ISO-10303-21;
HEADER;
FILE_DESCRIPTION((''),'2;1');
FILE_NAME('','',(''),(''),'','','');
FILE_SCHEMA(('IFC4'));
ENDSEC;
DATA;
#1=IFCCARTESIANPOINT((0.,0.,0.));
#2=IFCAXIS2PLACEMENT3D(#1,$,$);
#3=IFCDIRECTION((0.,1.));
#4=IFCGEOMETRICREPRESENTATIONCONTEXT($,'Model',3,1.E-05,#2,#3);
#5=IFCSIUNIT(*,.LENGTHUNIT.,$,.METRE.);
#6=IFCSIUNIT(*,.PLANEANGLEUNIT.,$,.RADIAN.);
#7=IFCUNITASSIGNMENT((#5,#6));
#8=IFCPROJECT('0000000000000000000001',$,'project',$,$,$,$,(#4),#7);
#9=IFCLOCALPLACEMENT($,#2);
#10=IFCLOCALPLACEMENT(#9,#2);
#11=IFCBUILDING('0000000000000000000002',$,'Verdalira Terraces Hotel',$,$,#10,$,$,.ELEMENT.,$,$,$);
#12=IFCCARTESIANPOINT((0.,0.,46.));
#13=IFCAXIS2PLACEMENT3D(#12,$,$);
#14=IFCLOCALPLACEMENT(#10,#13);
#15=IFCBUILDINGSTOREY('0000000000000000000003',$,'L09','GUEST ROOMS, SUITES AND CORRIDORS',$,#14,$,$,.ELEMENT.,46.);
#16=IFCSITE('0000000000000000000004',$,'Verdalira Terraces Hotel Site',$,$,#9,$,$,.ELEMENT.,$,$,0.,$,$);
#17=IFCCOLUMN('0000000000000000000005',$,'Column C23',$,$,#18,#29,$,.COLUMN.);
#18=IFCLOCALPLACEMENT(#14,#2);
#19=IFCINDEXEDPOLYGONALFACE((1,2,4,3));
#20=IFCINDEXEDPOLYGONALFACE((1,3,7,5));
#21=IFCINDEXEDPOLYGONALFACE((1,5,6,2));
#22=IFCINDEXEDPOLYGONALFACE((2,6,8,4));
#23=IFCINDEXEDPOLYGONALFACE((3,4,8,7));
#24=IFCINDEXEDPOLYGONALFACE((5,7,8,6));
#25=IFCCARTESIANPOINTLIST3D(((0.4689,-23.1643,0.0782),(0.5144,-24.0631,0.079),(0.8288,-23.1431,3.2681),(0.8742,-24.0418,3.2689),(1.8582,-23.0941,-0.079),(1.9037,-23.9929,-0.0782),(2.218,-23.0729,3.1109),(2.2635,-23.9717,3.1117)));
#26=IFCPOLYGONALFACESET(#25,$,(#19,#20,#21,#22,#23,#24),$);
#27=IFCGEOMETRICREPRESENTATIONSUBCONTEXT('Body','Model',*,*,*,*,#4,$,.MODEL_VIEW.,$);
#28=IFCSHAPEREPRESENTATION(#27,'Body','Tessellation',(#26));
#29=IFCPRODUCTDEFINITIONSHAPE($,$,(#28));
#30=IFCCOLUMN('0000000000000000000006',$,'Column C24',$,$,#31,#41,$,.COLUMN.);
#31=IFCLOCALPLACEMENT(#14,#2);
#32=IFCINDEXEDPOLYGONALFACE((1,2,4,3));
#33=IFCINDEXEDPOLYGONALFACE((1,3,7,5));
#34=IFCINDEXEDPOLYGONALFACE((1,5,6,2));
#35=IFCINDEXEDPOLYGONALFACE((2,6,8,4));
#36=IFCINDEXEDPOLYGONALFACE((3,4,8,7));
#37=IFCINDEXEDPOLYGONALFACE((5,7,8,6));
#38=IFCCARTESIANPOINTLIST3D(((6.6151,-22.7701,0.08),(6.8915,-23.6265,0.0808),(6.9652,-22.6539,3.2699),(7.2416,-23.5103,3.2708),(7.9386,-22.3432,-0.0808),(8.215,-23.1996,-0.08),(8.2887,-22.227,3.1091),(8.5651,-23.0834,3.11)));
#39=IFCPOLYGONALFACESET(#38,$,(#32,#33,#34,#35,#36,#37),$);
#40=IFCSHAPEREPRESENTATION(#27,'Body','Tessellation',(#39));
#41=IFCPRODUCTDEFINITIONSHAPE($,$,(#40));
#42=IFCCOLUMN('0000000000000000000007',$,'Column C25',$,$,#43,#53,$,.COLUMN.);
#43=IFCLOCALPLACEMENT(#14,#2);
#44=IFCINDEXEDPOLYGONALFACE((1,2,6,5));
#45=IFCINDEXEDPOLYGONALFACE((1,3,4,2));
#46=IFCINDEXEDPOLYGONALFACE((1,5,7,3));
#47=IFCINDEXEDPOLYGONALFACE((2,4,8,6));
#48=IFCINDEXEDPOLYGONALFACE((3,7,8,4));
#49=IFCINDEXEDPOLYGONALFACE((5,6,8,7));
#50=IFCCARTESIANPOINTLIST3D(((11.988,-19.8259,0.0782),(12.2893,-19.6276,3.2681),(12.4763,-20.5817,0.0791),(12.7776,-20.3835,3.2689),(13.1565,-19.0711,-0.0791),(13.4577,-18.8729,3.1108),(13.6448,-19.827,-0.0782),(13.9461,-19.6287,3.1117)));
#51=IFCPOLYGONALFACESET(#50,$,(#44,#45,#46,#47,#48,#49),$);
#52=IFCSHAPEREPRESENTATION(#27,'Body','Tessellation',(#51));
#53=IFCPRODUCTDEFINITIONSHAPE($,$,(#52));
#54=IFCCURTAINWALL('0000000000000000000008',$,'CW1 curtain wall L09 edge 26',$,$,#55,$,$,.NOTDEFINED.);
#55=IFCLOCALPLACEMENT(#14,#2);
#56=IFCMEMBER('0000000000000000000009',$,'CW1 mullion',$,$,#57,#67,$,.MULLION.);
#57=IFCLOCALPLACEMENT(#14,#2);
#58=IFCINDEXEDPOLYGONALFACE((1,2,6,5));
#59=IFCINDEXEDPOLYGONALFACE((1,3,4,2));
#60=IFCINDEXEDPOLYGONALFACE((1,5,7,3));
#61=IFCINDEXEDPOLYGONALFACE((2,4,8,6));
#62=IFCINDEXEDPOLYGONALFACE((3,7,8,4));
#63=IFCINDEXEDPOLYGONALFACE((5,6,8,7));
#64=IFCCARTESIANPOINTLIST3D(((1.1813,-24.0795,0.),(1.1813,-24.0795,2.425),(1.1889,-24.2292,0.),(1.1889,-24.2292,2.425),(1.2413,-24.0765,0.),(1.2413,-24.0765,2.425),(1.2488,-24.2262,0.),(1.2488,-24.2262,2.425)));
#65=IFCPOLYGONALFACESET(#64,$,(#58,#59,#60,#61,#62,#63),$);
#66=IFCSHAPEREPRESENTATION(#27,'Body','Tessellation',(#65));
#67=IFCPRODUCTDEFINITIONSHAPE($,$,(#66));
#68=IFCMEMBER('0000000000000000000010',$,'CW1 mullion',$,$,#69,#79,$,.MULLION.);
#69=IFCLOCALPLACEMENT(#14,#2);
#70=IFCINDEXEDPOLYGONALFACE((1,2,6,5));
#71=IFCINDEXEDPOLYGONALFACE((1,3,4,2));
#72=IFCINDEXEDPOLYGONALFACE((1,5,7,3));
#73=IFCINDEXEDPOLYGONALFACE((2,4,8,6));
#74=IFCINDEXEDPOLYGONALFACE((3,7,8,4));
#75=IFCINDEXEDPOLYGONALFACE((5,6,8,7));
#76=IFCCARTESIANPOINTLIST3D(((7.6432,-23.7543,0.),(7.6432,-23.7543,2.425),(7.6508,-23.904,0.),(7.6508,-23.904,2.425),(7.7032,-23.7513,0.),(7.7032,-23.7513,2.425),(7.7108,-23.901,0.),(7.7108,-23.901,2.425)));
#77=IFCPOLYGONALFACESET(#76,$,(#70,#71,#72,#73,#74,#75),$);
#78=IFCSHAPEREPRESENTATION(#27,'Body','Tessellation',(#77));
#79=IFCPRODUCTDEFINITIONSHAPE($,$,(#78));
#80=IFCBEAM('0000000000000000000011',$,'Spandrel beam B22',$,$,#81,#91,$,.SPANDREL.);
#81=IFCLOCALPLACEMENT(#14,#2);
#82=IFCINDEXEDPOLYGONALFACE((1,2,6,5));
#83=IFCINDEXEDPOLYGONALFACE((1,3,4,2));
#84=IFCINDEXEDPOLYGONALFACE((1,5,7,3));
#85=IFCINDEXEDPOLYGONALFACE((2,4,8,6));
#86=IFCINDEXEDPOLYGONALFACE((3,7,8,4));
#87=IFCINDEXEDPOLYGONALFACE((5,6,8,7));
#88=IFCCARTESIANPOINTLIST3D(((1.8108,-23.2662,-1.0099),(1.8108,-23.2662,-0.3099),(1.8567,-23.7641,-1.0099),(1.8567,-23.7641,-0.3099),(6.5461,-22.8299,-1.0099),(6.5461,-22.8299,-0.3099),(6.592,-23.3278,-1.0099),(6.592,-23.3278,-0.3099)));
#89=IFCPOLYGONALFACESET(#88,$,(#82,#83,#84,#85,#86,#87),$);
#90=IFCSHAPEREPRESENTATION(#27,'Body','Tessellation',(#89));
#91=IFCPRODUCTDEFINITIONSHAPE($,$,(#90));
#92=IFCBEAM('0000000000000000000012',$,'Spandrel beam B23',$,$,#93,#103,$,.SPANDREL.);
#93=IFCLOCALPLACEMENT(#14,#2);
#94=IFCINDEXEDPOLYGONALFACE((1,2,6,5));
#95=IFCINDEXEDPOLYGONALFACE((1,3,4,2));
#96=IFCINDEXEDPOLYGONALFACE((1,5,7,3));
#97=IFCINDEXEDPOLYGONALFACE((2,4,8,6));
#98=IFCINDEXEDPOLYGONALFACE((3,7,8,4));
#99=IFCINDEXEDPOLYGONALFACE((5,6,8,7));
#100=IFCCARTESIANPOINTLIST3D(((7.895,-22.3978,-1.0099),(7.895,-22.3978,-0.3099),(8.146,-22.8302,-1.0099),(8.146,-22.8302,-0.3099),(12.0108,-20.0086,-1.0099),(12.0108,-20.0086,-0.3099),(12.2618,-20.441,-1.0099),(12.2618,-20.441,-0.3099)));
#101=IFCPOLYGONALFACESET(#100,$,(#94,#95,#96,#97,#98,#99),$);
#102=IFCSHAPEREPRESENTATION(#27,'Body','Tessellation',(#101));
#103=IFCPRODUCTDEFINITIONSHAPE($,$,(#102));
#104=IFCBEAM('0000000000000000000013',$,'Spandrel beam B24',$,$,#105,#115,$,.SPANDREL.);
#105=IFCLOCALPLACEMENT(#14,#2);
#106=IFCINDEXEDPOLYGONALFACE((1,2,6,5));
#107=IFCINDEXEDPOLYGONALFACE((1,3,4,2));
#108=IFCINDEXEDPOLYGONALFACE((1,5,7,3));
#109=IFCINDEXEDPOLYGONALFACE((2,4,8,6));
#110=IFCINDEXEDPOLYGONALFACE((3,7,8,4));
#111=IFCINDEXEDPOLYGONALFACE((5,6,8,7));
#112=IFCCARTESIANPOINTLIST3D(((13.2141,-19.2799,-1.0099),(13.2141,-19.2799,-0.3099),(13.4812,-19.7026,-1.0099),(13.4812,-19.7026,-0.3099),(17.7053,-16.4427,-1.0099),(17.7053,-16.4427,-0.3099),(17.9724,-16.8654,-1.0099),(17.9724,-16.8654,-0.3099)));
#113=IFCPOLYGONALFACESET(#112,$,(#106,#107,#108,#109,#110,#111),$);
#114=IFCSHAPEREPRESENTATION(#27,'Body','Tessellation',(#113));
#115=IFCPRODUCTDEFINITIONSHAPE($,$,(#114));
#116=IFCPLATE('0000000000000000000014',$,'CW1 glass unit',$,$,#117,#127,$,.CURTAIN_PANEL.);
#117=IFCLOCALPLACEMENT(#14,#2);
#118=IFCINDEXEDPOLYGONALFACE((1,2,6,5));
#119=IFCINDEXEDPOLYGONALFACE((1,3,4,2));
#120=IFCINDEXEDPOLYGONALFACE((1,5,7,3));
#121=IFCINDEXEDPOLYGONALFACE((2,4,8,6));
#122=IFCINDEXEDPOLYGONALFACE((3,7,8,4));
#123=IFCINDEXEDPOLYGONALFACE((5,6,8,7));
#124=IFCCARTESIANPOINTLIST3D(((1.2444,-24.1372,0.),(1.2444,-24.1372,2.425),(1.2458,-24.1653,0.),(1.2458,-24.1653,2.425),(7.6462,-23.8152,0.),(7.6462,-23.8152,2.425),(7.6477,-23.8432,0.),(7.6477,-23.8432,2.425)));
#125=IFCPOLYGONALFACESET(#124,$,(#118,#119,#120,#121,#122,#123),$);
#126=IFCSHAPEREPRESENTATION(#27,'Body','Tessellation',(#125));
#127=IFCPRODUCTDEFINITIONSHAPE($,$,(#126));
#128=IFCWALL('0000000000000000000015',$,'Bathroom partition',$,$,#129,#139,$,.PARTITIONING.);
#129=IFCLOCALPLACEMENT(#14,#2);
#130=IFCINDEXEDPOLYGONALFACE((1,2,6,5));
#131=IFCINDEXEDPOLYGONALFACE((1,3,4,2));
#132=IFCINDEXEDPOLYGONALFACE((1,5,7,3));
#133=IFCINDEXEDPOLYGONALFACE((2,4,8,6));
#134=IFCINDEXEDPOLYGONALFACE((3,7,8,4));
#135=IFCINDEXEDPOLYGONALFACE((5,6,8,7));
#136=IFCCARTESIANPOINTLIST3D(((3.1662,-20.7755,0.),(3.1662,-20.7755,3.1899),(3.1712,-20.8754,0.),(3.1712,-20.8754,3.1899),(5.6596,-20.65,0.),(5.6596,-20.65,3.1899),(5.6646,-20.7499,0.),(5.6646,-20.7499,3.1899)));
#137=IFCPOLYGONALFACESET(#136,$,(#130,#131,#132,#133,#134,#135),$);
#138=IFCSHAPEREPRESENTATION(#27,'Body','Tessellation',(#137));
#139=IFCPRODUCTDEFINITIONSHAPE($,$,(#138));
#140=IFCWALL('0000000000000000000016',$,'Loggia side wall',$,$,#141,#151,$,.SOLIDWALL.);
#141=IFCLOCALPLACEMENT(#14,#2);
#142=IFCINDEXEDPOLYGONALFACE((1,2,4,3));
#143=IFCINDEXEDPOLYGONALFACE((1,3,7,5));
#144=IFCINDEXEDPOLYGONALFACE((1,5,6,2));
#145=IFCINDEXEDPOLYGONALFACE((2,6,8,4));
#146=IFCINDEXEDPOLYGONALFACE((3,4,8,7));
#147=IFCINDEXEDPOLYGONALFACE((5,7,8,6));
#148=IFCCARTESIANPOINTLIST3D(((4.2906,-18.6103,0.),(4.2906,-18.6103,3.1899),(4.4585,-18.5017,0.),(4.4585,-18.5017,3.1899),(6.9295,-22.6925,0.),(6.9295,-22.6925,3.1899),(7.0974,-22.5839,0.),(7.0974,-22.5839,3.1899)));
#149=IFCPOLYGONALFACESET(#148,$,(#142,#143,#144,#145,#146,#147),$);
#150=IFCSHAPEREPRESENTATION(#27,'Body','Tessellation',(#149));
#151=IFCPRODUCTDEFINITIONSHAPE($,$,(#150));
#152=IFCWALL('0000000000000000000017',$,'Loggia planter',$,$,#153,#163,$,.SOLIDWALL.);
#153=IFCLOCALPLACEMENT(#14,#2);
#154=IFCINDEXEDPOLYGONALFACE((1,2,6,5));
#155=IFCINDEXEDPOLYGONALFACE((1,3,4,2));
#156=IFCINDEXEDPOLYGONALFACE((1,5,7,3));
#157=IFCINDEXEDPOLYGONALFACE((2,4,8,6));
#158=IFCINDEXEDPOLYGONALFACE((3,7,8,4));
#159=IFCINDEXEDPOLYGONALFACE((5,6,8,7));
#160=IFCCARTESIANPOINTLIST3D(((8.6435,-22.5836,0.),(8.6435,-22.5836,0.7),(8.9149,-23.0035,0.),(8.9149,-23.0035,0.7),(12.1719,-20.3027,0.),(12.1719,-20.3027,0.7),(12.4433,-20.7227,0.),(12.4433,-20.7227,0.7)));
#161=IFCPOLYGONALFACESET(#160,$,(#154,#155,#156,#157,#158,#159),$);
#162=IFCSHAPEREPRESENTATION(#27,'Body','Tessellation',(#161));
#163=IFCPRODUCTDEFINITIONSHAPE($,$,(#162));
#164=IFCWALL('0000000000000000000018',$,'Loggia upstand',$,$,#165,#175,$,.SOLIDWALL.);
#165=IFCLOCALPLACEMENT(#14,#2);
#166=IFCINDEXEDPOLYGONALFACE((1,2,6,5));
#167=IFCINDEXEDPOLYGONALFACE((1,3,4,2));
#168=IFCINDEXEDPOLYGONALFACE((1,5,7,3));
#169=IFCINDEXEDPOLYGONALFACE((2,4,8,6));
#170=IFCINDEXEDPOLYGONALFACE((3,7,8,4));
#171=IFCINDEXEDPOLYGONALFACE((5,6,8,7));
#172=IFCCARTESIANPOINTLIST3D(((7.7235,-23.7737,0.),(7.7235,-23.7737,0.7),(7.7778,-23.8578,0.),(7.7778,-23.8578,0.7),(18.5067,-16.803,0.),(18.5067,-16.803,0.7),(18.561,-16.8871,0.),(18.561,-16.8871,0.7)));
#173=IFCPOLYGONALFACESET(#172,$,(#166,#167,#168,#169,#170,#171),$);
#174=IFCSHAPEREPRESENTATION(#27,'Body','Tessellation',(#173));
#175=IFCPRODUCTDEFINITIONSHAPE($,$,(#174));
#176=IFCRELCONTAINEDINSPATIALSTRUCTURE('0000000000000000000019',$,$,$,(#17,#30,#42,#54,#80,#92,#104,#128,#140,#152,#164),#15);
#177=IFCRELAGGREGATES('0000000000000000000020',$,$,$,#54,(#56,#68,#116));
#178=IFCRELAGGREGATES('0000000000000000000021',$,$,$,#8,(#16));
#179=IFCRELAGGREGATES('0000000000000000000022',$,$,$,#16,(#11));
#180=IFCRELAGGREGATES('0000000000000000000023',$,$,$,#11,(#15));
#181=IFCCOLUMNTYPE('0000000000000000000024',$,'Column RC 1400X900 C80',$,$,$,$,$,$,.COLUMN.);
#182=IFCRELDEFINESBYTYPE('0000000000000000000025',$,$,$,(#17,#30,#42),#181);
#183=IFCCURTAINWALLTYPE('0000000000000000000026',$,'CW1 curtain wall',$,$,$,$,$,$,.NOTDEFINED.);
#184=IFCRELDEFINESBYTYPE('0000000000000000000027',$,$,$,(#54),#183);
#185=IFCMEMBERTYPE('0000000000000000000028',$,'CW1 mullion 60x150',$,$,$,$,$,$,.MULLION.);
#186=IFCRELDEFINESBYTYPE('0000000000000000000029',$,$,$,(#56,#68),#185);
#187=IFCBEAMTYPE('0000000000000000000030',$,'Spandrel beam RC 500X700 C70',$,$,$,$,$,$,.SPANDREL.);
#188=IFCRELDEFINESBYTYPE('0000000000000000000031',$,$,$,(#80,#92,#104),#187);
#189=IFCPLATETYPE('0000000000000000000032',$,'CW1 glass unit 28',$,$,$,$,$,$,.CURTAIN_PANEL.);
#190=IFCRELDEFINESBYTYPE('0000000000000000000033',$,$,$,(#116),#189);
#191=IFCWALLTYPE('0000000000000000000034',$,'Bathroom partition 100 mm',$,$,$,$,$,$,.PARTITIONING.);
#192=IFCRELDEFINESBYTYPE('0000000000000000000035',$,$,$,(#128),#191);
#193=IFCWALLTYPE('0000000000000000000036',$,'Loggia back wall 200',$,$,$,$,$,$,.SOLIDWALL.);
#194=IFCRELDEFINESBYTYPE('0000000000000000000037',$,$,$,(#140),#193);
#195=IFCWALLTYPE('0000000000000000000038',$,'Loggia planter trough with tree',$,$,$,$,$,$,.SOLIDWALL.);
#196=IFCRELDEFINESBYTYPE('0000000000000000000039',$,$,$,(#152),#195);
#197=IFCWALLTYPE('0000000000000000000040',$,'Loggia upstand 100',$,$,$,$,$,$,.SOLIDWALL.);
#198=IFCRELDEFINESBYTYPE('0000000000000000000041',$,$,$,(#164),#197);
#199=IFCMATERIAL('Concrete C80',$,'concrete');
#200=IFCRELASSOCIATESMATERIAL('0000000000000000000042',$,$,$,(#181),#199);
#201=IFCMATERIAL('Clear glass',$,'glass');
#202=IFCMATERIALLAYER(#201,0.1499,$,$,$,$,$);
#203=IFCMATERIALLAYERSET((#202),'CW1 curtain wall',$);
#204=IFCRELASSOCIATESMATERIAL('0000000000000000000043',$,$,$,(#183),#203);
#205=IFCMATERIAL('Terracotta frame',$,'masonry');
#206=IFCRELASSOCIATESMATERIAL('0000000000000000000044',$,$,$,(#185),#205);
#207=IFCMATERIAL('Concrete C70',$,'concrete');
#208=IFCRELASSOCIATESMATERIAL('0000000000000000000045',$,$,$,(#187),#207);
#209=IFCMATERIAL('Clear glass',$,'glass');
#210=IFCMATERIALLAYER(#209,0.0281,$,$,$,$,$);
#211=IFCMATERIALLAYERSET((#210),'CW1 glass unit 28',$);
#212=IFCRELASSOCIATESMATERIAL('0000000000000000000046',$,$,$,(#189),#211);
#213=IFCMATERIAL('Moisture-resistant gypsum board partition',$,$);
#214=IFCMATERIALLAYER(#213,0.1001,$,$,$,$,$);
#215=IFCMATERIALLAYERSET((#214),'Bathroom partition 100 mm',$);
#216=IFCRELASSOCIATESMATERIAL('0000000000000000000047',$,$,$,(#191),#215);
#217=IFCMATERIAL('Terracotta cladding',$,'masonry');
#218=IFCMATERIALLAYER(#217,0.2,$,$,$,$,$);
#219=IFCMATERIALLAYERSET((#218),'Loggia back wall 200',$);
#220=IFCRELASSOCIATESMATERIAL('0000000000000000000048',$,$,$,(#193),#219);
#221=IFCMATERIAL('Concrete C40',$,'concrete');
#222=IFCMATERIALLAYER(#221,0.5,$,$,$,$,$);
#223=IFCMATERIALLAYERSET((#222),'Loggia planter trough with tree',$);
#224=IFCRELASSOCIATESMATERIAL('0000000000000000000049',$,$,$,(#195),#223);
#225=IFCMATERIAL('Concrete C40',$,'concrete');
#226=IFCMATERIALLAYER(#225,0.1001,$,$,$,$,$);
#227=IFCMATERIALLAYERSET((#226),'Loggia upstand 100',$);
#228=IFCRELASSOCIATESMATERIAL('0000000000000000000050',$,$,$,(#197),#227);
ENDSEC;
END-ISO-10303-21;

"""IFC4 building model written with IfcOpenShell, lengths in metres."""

from ifc_helpers import new_model, si_unit, direction, frame, frame_2d, origin, origin_2d, place, context, subcontext, project, spatial, rectangle, extrude, material, layer, layer_set, material_profile, profile_set, type_object, element, aggregate, save


model = new_model("IFC4")

# Units and contexts
model_context = context("Model", 3, precision=1e-05, world=origin(), true_north=direction((0.0, 1.0)))
body_context = subcontext(model_context, "Body", "Model", "MODEL_VIEW")
ifc_project = project(units=[si_unit("LENGTHUNIT", "METRE"), si_unit("PLANEANGLEUNIT", "RADIAN")], contexts=[model_context])

# Site, building, storey
site_placement = place(None, origin())
site = spatial("IfcSite", under=ifc_project, at=site_placement, Name="Verdalira Terraces Hotel Site", CompositionType="ELEMENT", RefElevation=0.0)
building_placement = place(site_placement, origin())
building = spatial("IfcBuilding", under=site, at=building_placement, Name="Verdalira Terraces Hotel", CompositionType="ELEMENT")
storey_placement = place(building_placement, frame((0.0, 0.0, 46.0)))
storey = spatial("IfcBuildingStorey", under=building, at=storey_placement, Name="L09", Description="GUEST ROOMS, SUITES AND CORRIDORS", CompositionType="ELEMENT", Elevation=46.0)

# Columns
ifc_material_1 = material(Name="Concrete C80", Category="concrete")
ifc_material_profile_1 = material_profile(ifc_material_1, rectangle(XDim=1.3999, YDim=0.8999, at=origin_2d()), Name="RC 1400X900")
ifc_profile_set_1 = profile_set([ifc_material_profile_1], Name="Concrete C80")
column_type = type_object("IfcColumnType", Name="Column RC 1400X900 C80", PredefinedType="COLUMN", material=ifc_profile_set_1)
column_1_placement = place(storey_placement, frame((1.1863, -23.5786, 0.0), z_axis=(0.112098, 0.006616, 0.993675), x_axis=(0.99241, 0.050129, -0.112289)))
element("IfcColumn", 1, at=column_1_placement, inside=storey, type_object=column_type, Name="Column C23", PredefinedType="COLUMN", context=body_context, shape_type="SweptSolid", body=[
    extrude(rectangle(XDim=1.3999, YDim=0.8999, at=origin_2d()), origin(), (0.0, 0.0, 1.0), 3.2102),
])
column_2_placement = place(storey_placement, frame((7.415, -22.9849, 0.0), z_axis=(0.109024, 0.036189, 0.99338), x_axis=(-0.94542, -0.304936, 0.114869)))
element("IfcColumn", 2, at=column_2_placement, inside=storey, type_object=column_type, Name="Column C24", PredefinedType="COLUMN", context=body_context, shape_type="SweptSolid", body=[
    extrude(rectangle(XDim=1.3999, YDim=0.8999, at=origin_2d()), origin(), (0.0, 0.0, 1.0), 3.2112),
])
column_3_placement = place(storey_placement, frame((12.8164, -19.8264, 0.0), z_axis=(0.093846, 0.061753, 0.99367), x_axis=(0.834685, 0.539149, -0.112337)))
element("IfcColumn", 3, at=column_3_placement, inside=storey, type_object=column_type, Name="Column C25", PredefinedType="COLUMN", context=body_context, shape_type="SweptSolid", body=[
    extrude(rectangle(XDim=1.3999, YDim=0.8999, at=origin_2d()), origin(), (0.0, 0.0, 1.0), 3.2102),
])

# Curtain wall, members
ifc_material_2 = material(Name="Clear glass", Category="glass")
ifc_layer_1 = layer(ifc_material_2, 0.1499)
ifc_layer_set_1 = layer_set([ifc_layer_1], Name="CW1 curtain wall")
curtain_wall_type = type_object("IfcCurtainWallType", Name="CW1 curtain wall", PredefinedType="NOTDEFINED", material=ifc_layer_set_1)
curtain_wall_placement = place(storey_placement, origin())
curtain_wall = element("IfcCurtainWall", 4, at=curtain_wall_placement, inside=storey, type_object=curtain_wall_type, Name="CW1 curtain wall L09 edge 26", PredefinedType="NOTDEFINED")
ifc_material_3 = material(Name="Terracotta frame", Category="masonry")
ifc_material_profile_2 = material_profile(ifc_material_3, rectangle(XDim=0.0601, YDim=0.1499, at=origin_2d()), Name="MU 60x150")
ifc_profile_set_2 = profile_set([ifc_material_profile_2], Name="Terracotta frame")
member_type = type_object("IfcMemberType", Name="CW1 mullion 60x150", PredefinedType="MULLION", material=ifc_profile_set_2)
member_1_placement = place(storey_placement, frame((1.2151, -24.1528, 0.0), z_axis=(0.0, 0.0, 1.0), x_axis=(0.998737, 0.050244, 0.0)))
member_1 = element("IfcMember", 5, at=member_1_placement, type_object=member_type, Name="CW1 mullion", PredefinedType="MULLION", context=body_context, shape_type="SweptSolid", body=[
    extrude(rectangle(XDim=0.0601, YDim=0.1499, at=origin_2d()), origin(), (0.0, 0.0, 1.0), 2.425),
])
member_2_placement = place(storey_placement, frame((7.677, -23.8276, 0.0), z_axis=(0.0, 0.0, 1.0), x_axis=(0.998737, 0.050244, 0.0)))
member_2 = element("IfcMember", 6, at=member_2_placement, type_object=member_type, Name="CW1 mullion", PredefinedType="MULLION", context=body_context, shape_type="SweptSolid", body=[
    extrude(rectangle(XDim=0.0601, YDim=0.1499, at=origin_2d()), origin(), (0.0, 0.0, 1.0), 2.425),
])

# Beams
ifc_material_4 = material(Name="Concrete C70", Category="concrete")
ifc_material_profile_3 = material_profile(ifc_material_4, rectangle(XDim=0.5, YDim=0.7, at=origin_2d()), Name="RC 500X700")
ifc_profile_set_3 = profile_set([ifc_material_profile_3], Name="Concrete C70")
beam_type = type_object("IfcBeamType", Name="Spandrel beam RC 500X700 C70", PredefinedType="SPANDREL", material=ifc_profile_set_3)
beam_1_placement = place(storey_placement, frame((1.8337, -23.5151, -0.6599), z_axis=(0.995783, 0.091744, 0.0), x_axis=(-0.091744, 0.995783, 0.0)))
element("IfcBeam", 7, at=beam_1_placement, inside=storey, type_object=beam_type, Name="Spandrel beam B22", PredefinedType="SPANDREL", context=body_context, shape_type="SweptSolid", body=[
    extrude(rectangle(XDim=0.5, YDim=0.7, at=origin_2d()), origin(), (0.0, 0.0, 1.0), 4.7554),
])
beam_2_placement = place(storey_placement, frame((8.0205, -22.614, -0.6599), z_axis=(0.864845, 0.502039, 0.0), x_axis=(-0.502039, 0.864845, 0.0)))
element("IfcBeam", 8, at=beam_2_placement, inside=storey, type_object=beam_type, Name="Spandrel beam B23", PredefinedType="SPANDREL", context=body_context, shape_type="SweptSolid", body=[
    extrude(rectangle(XDim=0.5, YDim=0.7, at=origin_2d()), origin(), (0.0, 0.0, 1.0), 4.759),
])
beam_3_placement = place(storey_placement, frame((13.3477, -19.4912, -0.6599), z_axis=(0.845438, 0.534074, 0.0), x_axis=(-0.534074, 0.845438, 0.0)))
element("IfcBeam", 9, at=beam_3_placement, inside=storey, type_object=beam_type, Name="Spandrel beam B24", PredefinedType="SPANDREL", context=body_context, shape_type="SweptSolid", body=[
    extrude(rectangle(XDim=0.5, YDim=0.7, at=origin_2d()), origin(), (0.0, 0.0, 1.0), 5.3123),
])

# Plate
ifc_material_5 = material(Name="Clear glass", Category="glass")
ifc_layer_2 = layer(ifc_material_5, 0.0281)
ifc_layer_set_2 = layer_set([ifc_layer_2], Name="CW1 glass unit 28")
plate_type = type_object("IfcPlateType", Name="CW1 glass unit 28", PredefinedType="CURTAIN_PANEL", material=ifc_layer_set_2)
plate_placement = place(storey_placement, frame((4.446, -23.9902, 0.0), z_axis=(0.0, 0.0, 1.0), x_axis=(0.998737, 0.050244, 0.0)))
plate = element("IfcPlate", 10, at=plate_placement, type_object=plate_type, Name="CW1 glass unit", PredefinedType="CURTAIN_PANEL", context=body_context, shape_type="SweptSolid", body=[
    extrude(rectangle(XDim=6.4099, YDim=0.0281, at=origin_2d()), origin(), (0.0, 0.0, 1.0), 2.425),
])
aggregate(curtain_wall, [member_1, member_2, plate])

# Walls
ifc_material_6 = material(Name="Moisture-resistant gypsum board partition")
ifc_layer_3 = layer(ifc_material_6, 0.1001)
ifc_layer_set_3 = layer_set([ifc_layer_3], Name="Bathroom partition 100 mm")
wall_type_1 = type_object("IfcWallType", Name="Bathroom partition 100 mm", PredefinedType="PARTITIONING", material=ifc_layer_set_3)
wall_1_placement = place(storey_placement, frame((5.6621, -20.7, 0.0), z_axis=(0.0, 0.0, 1.0), x_axis=(-0.998736, -0.050264, 0.0)))
element("IfcWall", 11, at=wall_1_placement, inside=storey, type_object=wall_type_1, Name="Bathroom partition", PredefinedType="PARTITIONING", context=body_context, shape_type="SweptSolid", body=[
    extrude(rectangle(XDim=2.4966, YDim=0.1001, at=frame_2d((1.2483, 0.0))), origin(), (0.0, 0.0, 1.0), 3.1899),
])
ifc_material_7 = material(Name="Terracotta cladding", Category="masonry")
ifc_layer_4 = layer(ifc_material_7, 0.2)
ifc_layer_set_4 = layer_set([ifc_layer_4], Name="Loggia back wall 200")
wall_type_2 = type_object("IfcWallType", Name="Loggia back wall 200", PredefinedType="SOLIDWALL", material=ifc_layer_set_4)
wall_2_placement = place(storey_placement, frame((7.0134, -22.6382, 0.0), z_axis=(0.0, 0.0, 1.0), x_axis=(-0.542881, 0.83981, 0.0)))
element("IfcWall", 12, at=wall_2_placement, inside=storey, type_object=wall_type_2, Name="Loggia side wall", PredefinedType="SOLIDWALL", context=body_context, shape_type="SweptSolid", body=[
    extrude(rectangle(XDim=4.8608, YDim=0.2, at=frame_2d((2.4304, 0.0))), origin(), (0.0, 0.0, 1.0), 3.1899),
])
ifc_material_8 = material(Name="Concrete C40", Category="concrete")
ifc_layer_5 = layer(ifc_material_8, 0.5)
ifc_layer_set_5 = layer_set([ifc_layer_5], Name="Loggia planter trough with tree")
wall_type_3 = type_object("IfcWallType", Name="Loggia planter trough with tree", PredefinedType="SOLIDWALL", material=ifc_layer_set_5)
wall_3_placement = place(storey_placement, frame((8.7793, -22.7935, 0.0), z_axis=(0.0, 0.0, 1.0), x_axis=(0.839816, 0.542871, 0.0)))
element("IfcWall", 13, at=wall_3_placement, inside=storey, type_object=wall_type_3, Name="Loggia planter", PredefinedType="SOLIDWALL", context=body_context, shape_type="SweptSolid", body=[
    extrude(rectangle(XDim=4.2014, YDim=0.5, at=frame_2d((2.1006, 0.0))), origin(), (0.0, 0.0, 1.0), 0.7),
])
ifc_material_9 = material(Name="Concrete C40", Category="concrete")
ifc_layer_6 = layer(ifc_material_9, 0.1001)
ifc_layer_set_6 = layer_set([ifc_layer_6], Name="Loggia upstand 100")
wall_type_4 = type_object("IfcWallType", Name="Loggia upstand 100", PredefinedType="SOLIDWALL", material=ifc_layer_set_6)
wall_4_placement = place(storey_placement, frame((7.7507, -23.8157, 0.0), z_axis=(0.0, 0.0, 1.0), x_axis=(0.839807, 0.542885, 0.0)))
element("IfcWall", 14, at=wall_4_placement, inside=storey, type_object=wall_type_4, Name="Loggia upstand", PredefinedType="SOLIDWALL", context=body_context, shape_type="SweptSolid", body=[
    extrude(rectangle(XDim=12.8401, YDim=0.1001, at=frame_2d((6.4199, 0.0))), origin(), (0.0, 0.0, 1.0), 0.7),
])

save(model, "model.ifc")
